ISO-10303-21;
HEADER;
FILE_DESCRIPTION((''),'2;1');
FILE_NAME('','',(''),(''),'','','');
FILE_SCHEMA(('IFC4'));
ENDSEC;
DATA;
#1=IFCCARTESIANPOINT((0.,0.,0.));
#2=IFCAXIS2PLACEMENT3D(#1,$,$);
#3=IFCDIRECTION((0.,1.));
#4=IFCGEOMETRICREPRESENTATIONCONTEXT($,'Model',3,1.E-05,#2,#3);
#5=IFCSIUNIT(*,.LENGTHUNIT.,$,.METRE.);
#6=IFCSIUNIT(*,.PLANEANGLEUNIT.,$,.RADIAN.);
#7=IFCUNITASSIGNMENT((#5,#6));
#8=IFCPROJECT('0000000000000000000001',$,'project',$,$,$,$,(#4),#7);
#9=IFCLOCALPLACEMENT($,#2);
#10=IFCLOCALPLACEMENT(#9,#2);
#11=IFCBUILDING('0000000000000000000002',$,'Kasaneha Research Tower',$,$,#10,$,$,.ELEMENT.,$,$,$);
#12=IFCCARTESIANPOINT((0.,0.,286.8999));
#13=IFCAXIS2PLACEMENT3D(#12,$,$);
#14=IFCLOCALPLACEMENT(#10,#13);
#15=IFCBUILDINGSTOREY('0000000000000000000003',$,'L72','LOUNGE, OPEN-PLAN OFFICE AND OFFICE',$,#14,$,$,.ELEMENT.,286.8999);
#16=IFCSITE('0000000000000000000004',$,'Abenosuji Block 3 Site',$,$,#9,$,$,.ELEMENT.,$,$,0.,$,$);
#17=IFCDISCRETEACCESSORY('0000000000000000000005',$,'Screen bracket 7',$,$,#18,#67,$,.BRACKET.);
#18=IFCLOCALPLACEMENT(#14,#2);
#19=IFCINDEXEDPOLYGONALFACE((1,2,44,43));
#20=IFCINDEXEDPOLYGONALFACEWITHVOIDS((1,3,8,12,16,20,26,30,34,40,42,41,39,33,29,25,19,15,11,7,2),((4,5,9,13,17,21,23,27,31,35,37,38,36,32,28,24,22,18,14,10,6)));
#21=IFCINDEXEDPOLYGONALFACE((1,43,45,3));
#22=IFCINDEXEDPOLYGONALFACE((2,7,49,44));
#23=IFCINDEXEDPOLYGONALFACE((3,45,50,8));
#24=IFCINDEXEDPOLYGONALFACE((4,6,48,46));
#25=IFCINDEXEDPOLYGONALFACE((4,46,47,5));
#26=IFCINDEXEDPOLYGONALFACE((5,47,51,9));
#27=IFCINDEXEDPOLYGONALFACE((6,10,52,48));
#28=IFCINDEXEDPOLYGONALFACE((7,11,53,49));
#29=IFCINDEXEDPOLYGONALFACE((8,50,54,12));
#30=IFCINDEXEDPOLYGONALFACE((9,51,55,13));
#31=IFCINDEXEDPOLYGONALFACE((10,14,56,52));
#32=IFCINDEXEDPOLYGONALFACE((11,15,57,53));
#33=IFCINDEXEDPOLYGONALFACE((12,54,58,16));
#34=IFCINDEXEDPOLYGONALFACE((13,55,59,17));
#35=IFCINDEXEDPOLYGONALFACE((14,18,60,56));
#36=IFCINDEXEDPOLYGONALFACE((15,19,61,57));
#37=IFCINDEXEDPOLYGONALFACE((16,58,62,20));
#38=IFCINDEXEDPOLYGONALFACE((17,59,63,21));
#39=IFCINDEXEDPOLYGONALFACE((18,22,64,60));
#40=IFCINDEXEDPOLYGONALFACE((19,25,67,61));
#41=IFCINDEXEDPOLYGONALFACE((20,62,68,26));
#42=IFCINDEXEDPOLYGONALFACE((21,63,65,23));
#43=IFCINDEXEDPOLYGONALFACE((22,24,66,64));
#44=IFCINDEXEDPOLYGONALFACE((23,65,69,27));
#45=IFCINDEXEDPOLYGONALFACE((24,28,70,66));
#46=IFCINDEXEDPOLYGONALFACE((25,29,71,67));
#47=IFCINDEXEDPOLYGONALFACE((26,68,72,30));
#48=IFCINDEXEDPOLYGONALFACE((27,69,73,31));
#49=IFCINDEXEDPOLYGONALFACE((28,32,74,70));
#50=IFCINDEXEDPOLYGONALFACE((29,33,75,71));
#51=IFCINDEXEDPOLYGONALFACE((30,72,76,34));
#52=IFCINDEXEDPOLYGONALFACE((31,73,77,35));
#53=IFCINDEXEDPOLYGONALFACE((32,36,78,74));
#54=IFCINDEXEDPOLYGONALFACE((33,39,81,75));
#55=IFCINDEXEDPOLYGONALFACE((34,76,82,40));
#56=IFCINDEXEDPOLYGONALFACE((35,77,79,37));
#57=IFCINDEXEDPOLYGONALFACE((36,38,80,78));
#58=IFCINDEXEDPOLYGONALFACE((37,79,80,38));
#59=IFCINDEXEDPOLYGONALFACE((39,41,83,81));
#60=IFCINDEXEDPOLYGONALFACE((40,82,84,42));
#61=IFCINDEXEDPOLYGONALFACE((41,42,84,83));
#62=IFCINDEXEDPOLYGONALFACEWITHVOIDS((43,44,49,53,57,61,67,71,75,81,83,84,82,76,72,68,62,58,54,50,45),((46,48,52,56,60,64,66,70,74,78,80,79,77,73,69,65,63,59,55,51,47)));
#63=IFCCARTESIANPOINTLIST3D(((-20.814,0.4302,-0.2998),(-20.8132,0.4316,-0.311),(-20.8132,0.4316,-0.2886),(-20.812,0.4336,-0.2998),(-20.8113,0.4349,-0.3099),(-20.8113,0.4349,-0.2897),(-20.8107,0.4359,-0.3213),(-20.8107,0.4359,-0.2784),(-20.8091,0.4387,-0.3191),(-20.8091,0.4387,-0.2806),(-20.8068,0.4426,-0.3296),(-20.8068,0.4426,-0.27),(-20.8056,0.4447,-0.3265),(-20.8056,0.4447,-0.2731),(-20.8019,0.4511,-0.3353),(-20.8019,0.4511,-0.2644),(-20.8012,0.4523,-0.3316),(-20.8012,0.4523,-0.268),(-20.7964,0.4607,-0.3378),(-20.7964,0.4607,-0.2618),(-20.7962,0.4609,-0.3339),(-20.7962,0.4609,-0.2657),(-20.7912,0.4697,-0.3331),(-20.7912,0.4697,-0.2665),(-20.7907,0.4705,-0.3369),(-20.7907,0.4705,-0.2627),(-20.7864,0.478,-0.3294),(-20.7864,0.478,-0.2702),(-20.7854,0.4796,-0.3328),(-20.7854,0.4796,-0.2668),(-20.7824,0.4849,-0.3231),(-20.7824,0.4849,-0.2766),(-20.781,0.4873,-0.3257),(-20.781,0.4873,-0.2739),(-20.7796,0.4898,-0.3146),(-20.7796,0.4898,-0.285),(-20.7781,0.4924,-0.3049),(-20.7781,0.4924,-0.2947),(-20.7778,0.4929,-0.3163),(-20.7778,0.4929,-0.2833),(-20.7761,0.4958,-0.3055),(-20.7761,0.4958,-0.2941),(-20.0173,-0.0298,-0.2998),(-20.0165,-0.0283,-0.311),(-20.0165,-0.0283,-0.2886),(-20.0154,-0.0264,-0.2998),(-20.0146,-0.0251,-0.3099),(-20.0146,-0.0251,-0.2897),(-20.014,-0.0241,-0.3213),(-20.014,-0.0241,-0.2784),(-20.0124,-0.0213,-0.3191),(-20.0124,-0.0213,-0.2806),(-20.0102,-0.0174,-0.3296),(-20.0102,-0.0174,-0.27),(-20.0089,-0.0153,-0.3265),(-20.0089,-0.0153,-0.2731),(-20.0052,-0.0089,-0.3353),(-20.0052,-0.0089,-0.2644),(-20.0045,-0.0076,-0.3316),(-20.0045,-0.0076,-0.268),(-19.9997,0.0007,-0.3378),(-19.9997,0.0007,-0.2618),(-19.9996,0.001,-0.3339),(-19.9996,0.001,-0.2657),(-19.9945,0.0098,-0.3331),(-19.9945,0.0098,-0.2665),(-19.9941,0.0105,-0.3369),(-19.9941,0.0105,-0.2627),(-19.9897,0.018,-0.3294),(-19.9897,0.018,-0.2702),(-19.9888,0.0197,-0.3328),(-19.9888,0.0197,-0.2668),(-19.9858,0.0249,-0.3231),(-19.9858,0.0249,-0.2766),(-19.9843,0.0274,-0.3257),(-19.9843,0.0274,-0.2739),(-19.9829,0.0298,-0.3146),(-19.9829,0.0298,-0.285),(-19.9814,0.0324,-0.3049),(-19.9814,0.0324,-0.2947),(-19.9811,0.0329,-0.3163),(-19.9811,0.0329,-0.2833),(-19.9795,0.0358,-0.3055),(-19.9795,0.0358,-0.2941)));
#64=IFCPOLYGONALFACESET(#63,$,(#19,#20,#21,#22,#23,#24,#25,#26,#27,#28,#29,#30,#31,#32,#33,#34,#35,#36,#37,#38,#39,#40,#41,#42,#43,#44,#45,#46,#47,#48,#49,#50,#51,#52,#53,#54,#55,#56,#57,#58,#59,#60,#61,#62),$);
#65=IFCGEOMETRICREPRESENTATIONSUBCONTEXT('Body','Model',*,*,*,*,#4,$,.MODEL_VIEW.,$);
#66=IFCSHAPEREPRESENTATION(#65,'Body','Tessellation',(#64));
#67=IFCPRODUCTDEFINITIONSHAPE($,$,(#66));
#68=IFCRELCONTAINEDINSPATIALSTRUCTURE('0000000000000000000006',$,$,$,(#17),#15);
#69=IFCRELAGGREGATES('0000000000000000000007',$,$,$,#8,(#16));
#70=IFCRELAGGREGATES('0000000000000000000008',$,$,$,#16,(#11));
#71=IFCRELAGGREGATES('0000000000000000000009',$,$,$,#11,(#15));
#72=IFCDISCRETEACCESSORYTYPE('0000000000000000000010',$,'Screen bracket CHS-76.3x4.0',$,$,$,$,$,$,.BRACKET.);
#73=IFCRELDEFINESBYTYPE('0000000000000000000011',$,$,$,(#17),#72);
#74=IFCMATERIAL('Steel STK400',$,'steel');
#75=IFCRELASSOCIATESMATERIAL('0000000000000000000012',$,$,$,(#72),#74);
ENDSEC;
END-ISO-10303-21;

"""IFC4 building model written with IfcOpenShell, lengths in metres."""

from ifc_helpers import new_model, si_unit, direction, frame, origin, origin_2d, place, context, subcontext, project, spatial, hollow_circle, extrude, material, material_profile, profile_set, type_object, element, save


model = new_model("IFC4")

# Units and contexts
model_context = context("Model", 3, precision=1e-05, world=origin(), true_north=direction((0.0, 1.0)))
body_context = subcontext(model_context, "Body", "Model", "MODEL_VIEW")
ifc_project = project(units=[si_unit("LENGTHUNIT", "METRE"), si_unit("PLANEANGLEUNIT", "RADIAN")], contexts=[model_context])

# Site, building, storey
site_placement = place(None, origin())
site = spatial("IfcSite", under=ifc_project, at=site_placement, Name="Abenosuji Block 3 Site", CompositionType="ELEMENT", RefElevation=0.0)
building_placement = place(site_placement, origin())
building = spatial("IfcBuilding", under=site, at=building_placement, Name="Kasaneha Research Tower", CompositionType="ELEMENT")
storey_placement = place(building_placement, frame((0.0, 0.0, 286.8999)))
storey = spatial("IfcBuildingStorey", under=building, at=storey_placement, Name="L72", Description="LOUNGE, OPEN-PLAN OFFICE AND OFFICE", CompositionType="ELEMENT", Elevation=286.8999)

# Discrete accessory
ifc_material_1 = material(Name="Steel STK400", Category="steel")
ifc_material_profile_1 = material_profile(ifc_material_1, hollow_circle(Radius=0.0381, WallThickness=0.0039, at=origin_2d()), Name="CHS-76.3x4.0")
ifc_profile_set_1 = profile_set([ifc_material_profile_1], Name="Steel STK400")
discrete_accessory_type = type_object("IfcDiscreteAccessoryType", Name="Screen bracket CHS-76.3x4.0", PredefinedType="BRACKET", material=ifc_profile_set_1)
discrete_accessory_1_placement = place(storey_placement, frame((-19.9983, 0.0032, -0.2998), z_axis=(-0.866013, 0.500021, 0.0), x_axis=(-0.500021, -0.866013, 0.0)))
element("IfcDiscreteAccessory", 1, at=discrete_accessory_1_placement, inside=storey, type_object=discrete_accessory_type, Name="Screen bracket 7", PredefinedType="BRACKET", context=body_context, shape_type="SweptSolid", body=[
    extrude(hollow_circle(Radius=0.0381, WallThickness=0.0039, at=origin_2d()), origin(), (0.0, 0.0, 1.0), 0.9199),
])

save(model, "model.ifc")
